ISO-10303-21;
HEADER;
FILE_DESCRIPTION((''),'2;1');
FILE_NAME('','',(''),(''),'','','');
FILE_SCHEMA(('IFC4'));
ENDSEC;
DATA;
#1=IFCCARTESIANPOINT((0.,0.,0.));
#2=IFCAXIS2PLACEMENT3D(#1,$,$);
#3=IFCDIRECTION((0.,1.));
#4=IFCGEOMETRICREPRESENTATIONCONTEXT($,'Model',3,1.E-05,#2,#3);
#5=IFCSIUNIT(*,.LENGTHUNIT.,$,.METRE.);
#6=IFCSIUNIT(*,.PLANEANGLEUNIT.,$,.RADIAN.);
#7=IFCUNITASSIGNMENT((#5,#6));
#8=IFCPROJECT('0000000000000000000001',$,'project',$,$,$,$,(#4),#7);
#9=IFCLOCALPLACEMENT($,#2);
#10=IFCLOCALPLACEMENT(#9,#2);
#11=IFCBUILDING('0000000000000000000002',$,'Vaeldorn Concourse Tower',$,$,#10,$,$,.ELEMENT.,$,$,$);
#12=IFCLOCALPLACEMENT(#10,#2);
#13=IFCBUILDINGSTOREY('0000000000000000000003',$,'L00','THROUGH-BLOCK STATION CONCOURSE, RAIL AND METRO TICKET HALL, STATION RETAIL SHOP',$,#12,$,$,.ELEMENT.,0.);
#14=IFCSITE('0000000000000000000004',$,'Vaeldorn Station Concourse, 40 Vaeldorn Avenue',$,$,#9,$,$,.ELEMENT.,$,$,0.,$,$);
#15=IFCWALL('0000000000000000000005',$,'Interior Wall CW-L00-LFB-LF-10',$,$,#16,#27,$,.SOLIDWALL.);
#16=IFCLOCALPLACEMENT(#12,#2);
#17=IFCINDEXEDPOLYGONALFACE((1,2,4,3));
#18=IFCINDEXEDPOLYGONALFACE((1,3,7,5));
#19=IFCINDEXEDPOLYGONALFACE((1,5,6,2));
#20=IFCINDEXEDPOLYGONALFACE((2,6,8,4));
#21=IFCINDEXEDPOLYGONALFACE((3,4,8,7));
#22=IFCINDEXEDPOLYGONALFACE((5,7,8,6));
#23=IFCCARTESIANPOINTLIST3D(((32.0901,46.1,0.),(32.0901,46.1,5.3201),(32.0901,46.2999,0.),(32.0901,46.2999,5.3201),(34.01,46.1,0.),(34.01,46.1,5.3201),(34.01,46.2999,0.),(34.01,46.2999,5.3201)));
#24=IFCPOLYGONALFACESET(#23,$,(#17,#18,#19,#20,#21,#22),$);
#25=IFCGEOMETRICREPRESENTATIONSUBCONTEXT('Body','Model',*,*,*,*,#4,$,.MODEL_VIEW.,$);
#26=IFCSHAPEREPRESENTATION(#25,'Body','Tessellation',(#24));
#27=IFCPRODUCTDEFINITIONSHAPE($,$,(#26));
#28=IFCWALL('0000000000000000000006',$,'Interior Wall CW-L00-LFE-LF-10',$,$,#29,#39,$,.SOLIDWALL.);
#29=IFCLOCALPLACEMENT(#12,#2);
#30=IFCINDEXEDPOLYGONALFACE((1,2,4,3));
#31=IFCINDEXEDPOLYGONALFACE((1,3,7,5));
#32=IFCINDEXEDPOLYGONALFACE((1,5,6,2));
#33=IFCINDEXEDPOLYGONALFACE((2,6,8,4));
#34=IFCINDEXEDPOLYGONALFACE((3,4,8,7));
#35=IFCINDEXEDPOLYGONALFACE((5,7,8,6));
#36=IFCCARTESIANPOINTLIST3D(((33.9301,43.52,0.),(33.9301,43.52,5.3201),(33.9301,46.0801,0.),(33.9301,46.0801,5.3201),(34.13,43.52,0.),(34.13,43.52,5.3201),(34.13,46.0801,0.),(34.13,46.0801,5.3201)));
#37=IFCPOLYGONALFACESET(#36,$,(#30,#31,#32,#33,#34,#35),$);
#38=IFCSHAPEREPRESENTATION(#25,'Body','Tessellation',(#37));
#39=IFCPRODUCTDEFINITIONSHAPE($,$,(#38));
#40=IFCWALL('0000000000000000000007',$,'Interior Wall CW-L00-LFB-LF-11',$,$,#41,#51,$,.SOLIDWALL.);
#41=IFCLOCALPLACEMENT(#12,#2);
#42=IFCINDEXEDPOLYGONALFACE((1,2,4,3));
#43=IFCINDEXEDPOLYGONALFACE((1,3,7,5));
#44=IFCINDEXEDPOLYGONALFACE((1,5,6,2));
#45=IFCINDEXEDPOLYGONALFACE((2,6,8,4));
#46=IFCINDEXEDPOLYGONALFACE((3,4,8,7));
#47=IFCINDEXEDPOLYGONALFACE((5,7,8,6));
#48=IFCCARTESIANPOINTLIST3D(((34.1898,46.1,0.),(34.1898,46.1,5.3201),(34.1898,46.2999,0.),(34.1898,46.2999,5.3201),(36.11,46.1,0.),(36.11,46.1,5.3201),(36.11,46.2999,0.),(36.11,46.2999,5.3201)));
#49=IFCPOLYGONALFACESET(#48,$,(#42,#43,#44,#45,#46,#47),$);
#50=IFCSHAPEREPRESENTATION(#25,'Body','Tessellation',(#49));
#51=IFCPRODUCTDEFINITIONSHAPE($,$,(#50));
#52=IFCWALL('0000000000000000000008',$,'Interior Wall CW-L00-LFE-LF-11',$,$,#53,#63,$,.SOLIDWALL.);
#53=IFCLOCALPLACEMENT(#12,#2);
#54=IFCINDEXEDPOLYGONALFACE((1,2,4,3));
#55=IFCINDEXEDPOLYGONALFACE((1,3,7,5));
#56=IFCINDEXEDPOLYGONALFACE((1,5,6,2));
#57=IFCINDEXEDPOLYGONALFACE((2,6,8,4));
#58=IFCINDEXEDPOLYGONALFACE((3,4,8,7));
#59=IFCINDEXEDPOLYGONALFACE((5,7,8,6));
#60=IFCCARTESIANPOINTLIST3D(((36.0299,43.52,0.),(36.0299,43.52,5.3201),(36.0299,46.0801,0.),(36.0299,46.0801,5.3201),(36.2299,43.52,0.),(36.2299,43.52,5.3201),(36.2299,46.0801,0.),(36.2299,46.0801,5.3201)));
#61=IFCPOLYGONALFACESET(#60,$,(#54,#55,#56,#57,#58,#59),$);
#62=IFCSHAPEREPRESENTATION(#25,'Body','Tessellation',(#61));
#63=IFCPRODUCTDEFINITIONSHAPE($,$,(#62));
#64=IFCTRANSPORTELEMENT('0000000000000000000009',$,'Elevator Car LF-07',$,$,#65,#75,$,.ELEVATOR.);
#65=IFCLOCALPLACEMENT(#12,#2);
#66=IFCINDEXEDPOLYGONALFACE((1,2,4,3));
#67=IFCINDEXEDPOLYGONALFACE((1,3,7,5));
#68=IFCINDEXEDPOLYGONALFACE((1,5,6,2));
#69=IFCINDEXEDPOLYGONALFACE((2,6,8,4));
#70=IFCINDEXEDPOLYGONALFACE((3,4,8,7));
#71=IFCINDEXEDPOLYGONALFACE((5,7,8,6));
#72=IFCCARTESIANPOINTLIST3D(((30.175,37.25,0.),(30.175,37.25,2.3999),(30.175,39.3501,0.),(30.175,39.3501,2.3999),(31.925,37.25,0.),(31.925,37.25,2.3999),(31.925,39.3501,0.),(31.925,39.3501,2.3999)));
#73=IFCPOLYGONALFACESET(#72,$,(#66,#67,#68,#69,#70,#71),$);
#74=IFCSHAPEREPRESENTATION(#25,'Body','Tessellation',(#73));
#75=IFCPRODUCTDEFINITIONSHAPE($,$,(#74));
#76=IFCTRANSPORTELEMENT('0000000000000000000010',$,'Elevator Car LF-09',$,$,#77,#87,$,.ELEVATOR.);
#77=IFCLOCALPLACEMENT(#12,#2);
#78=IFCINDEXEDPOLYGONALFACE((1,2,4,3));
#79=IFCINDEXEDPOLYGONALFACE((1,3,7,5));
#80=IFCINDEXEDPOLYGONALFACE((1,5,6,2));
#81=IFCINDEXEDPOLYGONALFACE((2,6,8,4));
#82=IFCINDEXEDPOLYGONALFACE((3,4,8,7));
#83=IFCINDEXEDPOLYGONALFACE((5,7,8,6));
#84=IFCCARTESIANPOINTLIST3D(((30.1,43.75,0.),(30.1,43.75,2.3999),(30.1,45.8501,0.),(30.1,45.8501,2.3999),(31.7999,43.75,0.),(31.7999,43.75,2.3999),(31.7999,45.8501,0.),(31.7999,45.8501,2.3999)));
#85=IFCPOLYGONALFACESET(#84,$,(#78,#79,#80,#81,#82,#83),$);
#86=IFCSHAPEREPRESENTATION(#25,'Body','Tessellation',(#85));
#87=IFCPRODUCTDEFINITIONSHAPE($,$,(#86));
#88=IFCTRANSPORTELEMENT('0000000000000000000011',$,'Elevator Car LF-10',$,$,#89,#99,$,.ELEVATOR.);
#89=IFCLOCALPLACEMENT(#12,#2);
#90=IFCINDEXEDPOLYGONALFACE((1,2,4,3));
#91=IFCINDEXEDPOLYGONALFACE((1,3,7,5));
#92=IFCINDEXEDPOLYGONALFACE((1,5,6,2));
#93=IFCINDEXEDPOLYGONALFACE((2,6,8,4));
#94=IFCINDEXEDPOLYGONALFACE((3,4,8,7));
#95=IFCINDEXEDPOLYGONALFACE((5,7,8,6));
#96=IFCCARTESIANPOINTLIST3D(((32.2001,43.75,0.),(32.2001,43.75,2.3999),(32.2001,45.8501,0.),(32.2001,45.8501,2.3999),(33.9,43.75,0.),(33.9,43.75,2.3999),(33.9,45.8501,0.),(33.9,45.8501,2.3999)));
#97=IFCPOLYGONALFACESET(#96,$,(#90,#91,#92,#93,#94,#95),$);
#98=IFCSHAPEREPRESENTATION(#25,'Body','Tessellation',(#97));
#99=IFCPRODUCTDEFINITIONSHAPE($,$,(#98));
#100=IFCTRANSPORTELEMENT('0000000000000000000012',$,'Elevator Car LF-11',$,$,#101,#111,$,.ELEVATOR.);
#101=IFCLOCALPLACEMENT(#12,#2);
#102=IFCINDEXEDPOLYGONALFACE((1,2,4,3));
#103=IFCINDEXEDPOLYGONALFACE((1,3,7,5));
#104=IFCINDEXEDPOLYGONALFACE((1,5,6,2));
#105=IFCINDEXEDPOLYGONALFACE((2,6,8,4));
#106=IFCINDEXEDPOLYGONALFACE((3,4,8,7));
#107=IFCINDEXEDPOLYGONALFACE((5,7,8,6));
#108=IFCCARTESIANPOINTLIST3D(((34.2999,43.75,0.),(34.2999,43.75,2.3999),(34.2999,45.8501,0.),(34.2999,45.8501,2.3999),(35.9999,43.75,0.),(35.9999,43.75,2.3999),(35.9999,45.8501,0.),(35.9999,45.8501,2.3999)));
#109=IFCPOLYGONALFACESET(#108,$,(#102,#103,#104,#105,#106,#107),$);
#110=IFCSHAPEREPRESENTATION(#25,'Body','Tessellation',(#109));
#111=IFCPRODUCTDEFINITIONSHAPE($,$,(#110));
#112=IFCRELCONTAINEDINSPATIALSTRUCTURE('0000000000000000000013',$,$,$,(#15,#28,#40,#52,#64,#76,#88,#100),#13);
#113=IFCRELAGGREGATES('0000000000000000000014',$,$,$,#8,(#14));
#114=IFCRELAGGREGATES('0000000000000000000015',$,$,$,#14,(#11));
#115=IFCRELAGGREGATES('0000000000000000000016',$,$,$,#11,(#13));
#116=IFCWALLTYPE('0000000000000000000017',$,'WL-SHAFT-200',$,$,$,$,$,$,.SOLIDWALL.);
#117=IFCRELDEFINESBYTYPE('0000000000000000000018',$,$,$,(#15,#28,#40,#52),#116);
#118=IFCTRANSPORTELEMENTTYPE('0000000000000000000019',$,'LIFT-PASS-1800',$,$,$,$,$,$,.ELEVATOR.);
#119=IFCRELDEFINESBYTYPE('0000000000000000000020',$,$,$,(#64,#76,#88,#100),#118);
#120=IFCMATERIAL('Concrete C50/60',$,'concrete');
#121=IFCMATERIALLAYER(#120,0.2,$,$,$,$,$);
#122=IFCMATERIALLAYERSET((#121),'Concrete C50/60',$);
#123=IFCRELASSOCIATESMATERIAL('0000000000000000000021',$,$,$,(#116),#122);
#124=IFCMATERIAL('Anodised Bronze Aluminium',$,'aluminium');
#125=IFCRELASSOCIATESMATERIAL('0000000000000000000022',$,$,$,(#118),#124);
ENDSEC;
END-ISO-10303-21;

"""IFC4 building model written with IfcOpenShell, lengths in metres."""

from ifc_helpers import new_model, si_unit, direction, frame, frame_2d, origin, origin_2d, place, context, subcontext, project, spatial, rectangle, extrude, source, transform, mapped, material, layer, layer_set, type_object, element, save


model = new_model("IFC4")

# Units and contexts
model_context = context("Model", 3, precision=1e-05, world=origin(), true_north=direction((0.0, 1.0)))
body_context = subcontext(model_context, "Body", "Model", "MODEL_VIEW")
ifc_project = project(units=[si_unit("LENGTHUNIT", "METRE"), si_unit("PLANEANGLEUNIT", "RADIAN")], contexts=[model_context])

# Site, building, storey
site_placement = place(None, origin())
site = spatial("IfcSite", under=ifc_project, at=site_placement, Name="Vaeldorn Station Concourse, 40 Vaeldorn Avenue", CompositionType="ELEMENT", RefElevation=0.0)
building_placement = place(site_placement, origin())
building = spatial("IfcBuilding", under=site, at=building_placement, Name="Vaeldorn Concourse Tower", CompositionType="ELEMENT")
storey_placement = place(building_placement, origin())
storey = spatial("IfcBuildingStorey", under=building, at=storey_placement, Name="L00", Description="THROUGH-BLOCK STATION CONCOURSE, RAIL AND METRO TICKET HALL, STATION RETAIL SHOP", CompositionType="ELEMENT", Elevation=0.0)

# Shared definitions
ifc_material_1 = material(Name="Concrete C50/60", Category="concrete")
ifc_layer_1 = layer(ifc_material_1, 0.2)
ifc_layer_set_1 = layer_set([ifc_layer_1], Name="Concrete C50/60")
wall_type_1 = type_object("IfcWallType", Name="WL-SHAFT-200", PredefinedType="SOLIDWALL", material=ifc_layer_set_1)

# Shared definitions
ifc_material_2 = material(Name="Anodised Bronze Aluminium", Category="aluminium")

# Walls
wall_1_placement = place(storey_placement, frame((32.0901, 46.2, 0.0), z_axis=(0.0, 0.0, 1.0), x_axis=(1.0, 0.0, 0.0)))
element("IfcWall", 1, at=wall_1_placement, inside=storey, type_object=wall_type_1, Name="Interior Wall CW-L00-LFB-LF-10", PredefinedType="SOLIDWALL", context=body_context, shape_type="SweptSolid", body=[
    extrude(rectangle(XDim=1.9199, YDim=0.2, at=frame_2d((0.96, 0.0))), origin(), (0.0, 0.0, 1.0), 5.3201),
])
wall_2_placement = place(storey_placement, frame((34.03, 43.52, 0.0), z_axis=(0.0, 0.0, 1.0), x_axis=(0.0, 1.0, 0.0)))
element("IfcWall", 2, at=wall_2_placement, inside=storey, type_object=wall_type_1, Name="Interior Wall CW-L00-LFE-LF-10", PredefinedType="SOLIDWALL", context=body_context, shape_type="SweptSolid", body=[
    extrude(rectangle(XDim=2.5601, YDim=0.2, at=frame_2d((1.28, 0.0))), origin(), (0.0, 0.0, 1.0), 5.3201),
])

# Walls
wall_3_placement = place(storey_placement, frame((34.1899, 46.2, 0.0), z_axis=(0.0, 0.0, 1.0), x_axis=(1.0, 0.0, 0.0)))
element("IfcWall", 3, at=wall_3_placement, inside=storey, type_object=wall_type_1, Name="Interior Wall CW-L00-LFB-LF-11", PredefinedType="SOLIDWALL", context=body_context, shape_type="SweptSolid", body=[
    extrude(rectangle(XDim=1.9202, YDim=0.2, at=frame_2d((0.96, 0.0))), origin(), (0.0, 0.0, 1.0), 5.3201),
])
wall_4_placement = place(storey_placement, frame((36.1299, 43.52, 0.0), z_axis=(0.0, 0.0, 1.0), x_axis=(0.0, 1.0, 0.0)))
element("IfcWall", 4, at=wall_4_placement, inside=storey, type_object=wall_type_1, Name="Interior Wall CW-L00-LFE-LF-11", PredefinedType="SOLIDWALL", context=body_context, shape_type="SweptSolid", body=[
    extrude(rectangle(XDim=2.5601, YDim=0.2, at=frame_2d((1.28, 0.0))), origin(), (0.0, 0.0, 1.0), 5.3201),
])

# Transport elements
transport_element_type = type_object("IfcTransportElementType", Name="LIFT-PASS-1800", PredefinedType="ELEVATOR", material=ifc_material_2)
shared_shape_1 = source(origin(), body_context, "Body", "SweptSolid", [
    extrude(rectangle(XDim=1.75, YDim=2.1001, at=origin_2d()), origin(), (0.0, 0.0, 1.0), 2.3999),
])
transport_element_placement = place(storey_placement, frame((31.05, 38.3, 0.0), z_axis=(0.0, 0.0, 1.0), x_axis=(1.0, 0.0, 0.0)))
element("IfcTransportElement", 5, at=transport_element_placement, inside=storey, type_object=transport_element_type, Name="Elevator Car LF-07", PredefinedType="ELEVATOR", context=body_context, shape_type="MappedRepresentation", body=[
    mapped(shared_shape_1, transform((0.0, 0.0, 0.0), scale=1.0)),
])
shared_shape_2 = source(origin(), body_context, "Body", "SweptSolid", [
    extrude(rectangle(XDim=1.7, YDim=2.1001, at=origin_2d()), origin(), (0.0, 0.0, 1.0), 2.3999),
])
for number, where, z_axis, x_axis, name in (
    (6, (30.95, 44.8, 0.0), (0.0, 0.0, 1.0), (1.0, 0.0, 0.0), "Elevator Car LF-09"),
    (7, (33.05, 44.8, 0.0), (0.0, 0.0, 1.0), (1.0, 0.0, 0.0), "Elevator Car LF-10"),
    (8, (35.1499, 44.8, 0.0), (0.0, 0.0, 1.0), (1.0, 0.0, 0.0), "Elevator Car LF-11"),
):
    element("IfcTransportElement", number, at=place(storey_placement, frame(where, z_axis=z_axis, x_axis=x_axis)), inside=storey, type_object=transport_element_type, Name=name, PredefinedType="ELEVATOR", context=body_context, shape_type="MappedRepresentation", body=[
        mapped(shared_shape_2, transform((0.0, 0.0, 0.0), scale=1.0)),
    ])

save(model, "model.ifc")
